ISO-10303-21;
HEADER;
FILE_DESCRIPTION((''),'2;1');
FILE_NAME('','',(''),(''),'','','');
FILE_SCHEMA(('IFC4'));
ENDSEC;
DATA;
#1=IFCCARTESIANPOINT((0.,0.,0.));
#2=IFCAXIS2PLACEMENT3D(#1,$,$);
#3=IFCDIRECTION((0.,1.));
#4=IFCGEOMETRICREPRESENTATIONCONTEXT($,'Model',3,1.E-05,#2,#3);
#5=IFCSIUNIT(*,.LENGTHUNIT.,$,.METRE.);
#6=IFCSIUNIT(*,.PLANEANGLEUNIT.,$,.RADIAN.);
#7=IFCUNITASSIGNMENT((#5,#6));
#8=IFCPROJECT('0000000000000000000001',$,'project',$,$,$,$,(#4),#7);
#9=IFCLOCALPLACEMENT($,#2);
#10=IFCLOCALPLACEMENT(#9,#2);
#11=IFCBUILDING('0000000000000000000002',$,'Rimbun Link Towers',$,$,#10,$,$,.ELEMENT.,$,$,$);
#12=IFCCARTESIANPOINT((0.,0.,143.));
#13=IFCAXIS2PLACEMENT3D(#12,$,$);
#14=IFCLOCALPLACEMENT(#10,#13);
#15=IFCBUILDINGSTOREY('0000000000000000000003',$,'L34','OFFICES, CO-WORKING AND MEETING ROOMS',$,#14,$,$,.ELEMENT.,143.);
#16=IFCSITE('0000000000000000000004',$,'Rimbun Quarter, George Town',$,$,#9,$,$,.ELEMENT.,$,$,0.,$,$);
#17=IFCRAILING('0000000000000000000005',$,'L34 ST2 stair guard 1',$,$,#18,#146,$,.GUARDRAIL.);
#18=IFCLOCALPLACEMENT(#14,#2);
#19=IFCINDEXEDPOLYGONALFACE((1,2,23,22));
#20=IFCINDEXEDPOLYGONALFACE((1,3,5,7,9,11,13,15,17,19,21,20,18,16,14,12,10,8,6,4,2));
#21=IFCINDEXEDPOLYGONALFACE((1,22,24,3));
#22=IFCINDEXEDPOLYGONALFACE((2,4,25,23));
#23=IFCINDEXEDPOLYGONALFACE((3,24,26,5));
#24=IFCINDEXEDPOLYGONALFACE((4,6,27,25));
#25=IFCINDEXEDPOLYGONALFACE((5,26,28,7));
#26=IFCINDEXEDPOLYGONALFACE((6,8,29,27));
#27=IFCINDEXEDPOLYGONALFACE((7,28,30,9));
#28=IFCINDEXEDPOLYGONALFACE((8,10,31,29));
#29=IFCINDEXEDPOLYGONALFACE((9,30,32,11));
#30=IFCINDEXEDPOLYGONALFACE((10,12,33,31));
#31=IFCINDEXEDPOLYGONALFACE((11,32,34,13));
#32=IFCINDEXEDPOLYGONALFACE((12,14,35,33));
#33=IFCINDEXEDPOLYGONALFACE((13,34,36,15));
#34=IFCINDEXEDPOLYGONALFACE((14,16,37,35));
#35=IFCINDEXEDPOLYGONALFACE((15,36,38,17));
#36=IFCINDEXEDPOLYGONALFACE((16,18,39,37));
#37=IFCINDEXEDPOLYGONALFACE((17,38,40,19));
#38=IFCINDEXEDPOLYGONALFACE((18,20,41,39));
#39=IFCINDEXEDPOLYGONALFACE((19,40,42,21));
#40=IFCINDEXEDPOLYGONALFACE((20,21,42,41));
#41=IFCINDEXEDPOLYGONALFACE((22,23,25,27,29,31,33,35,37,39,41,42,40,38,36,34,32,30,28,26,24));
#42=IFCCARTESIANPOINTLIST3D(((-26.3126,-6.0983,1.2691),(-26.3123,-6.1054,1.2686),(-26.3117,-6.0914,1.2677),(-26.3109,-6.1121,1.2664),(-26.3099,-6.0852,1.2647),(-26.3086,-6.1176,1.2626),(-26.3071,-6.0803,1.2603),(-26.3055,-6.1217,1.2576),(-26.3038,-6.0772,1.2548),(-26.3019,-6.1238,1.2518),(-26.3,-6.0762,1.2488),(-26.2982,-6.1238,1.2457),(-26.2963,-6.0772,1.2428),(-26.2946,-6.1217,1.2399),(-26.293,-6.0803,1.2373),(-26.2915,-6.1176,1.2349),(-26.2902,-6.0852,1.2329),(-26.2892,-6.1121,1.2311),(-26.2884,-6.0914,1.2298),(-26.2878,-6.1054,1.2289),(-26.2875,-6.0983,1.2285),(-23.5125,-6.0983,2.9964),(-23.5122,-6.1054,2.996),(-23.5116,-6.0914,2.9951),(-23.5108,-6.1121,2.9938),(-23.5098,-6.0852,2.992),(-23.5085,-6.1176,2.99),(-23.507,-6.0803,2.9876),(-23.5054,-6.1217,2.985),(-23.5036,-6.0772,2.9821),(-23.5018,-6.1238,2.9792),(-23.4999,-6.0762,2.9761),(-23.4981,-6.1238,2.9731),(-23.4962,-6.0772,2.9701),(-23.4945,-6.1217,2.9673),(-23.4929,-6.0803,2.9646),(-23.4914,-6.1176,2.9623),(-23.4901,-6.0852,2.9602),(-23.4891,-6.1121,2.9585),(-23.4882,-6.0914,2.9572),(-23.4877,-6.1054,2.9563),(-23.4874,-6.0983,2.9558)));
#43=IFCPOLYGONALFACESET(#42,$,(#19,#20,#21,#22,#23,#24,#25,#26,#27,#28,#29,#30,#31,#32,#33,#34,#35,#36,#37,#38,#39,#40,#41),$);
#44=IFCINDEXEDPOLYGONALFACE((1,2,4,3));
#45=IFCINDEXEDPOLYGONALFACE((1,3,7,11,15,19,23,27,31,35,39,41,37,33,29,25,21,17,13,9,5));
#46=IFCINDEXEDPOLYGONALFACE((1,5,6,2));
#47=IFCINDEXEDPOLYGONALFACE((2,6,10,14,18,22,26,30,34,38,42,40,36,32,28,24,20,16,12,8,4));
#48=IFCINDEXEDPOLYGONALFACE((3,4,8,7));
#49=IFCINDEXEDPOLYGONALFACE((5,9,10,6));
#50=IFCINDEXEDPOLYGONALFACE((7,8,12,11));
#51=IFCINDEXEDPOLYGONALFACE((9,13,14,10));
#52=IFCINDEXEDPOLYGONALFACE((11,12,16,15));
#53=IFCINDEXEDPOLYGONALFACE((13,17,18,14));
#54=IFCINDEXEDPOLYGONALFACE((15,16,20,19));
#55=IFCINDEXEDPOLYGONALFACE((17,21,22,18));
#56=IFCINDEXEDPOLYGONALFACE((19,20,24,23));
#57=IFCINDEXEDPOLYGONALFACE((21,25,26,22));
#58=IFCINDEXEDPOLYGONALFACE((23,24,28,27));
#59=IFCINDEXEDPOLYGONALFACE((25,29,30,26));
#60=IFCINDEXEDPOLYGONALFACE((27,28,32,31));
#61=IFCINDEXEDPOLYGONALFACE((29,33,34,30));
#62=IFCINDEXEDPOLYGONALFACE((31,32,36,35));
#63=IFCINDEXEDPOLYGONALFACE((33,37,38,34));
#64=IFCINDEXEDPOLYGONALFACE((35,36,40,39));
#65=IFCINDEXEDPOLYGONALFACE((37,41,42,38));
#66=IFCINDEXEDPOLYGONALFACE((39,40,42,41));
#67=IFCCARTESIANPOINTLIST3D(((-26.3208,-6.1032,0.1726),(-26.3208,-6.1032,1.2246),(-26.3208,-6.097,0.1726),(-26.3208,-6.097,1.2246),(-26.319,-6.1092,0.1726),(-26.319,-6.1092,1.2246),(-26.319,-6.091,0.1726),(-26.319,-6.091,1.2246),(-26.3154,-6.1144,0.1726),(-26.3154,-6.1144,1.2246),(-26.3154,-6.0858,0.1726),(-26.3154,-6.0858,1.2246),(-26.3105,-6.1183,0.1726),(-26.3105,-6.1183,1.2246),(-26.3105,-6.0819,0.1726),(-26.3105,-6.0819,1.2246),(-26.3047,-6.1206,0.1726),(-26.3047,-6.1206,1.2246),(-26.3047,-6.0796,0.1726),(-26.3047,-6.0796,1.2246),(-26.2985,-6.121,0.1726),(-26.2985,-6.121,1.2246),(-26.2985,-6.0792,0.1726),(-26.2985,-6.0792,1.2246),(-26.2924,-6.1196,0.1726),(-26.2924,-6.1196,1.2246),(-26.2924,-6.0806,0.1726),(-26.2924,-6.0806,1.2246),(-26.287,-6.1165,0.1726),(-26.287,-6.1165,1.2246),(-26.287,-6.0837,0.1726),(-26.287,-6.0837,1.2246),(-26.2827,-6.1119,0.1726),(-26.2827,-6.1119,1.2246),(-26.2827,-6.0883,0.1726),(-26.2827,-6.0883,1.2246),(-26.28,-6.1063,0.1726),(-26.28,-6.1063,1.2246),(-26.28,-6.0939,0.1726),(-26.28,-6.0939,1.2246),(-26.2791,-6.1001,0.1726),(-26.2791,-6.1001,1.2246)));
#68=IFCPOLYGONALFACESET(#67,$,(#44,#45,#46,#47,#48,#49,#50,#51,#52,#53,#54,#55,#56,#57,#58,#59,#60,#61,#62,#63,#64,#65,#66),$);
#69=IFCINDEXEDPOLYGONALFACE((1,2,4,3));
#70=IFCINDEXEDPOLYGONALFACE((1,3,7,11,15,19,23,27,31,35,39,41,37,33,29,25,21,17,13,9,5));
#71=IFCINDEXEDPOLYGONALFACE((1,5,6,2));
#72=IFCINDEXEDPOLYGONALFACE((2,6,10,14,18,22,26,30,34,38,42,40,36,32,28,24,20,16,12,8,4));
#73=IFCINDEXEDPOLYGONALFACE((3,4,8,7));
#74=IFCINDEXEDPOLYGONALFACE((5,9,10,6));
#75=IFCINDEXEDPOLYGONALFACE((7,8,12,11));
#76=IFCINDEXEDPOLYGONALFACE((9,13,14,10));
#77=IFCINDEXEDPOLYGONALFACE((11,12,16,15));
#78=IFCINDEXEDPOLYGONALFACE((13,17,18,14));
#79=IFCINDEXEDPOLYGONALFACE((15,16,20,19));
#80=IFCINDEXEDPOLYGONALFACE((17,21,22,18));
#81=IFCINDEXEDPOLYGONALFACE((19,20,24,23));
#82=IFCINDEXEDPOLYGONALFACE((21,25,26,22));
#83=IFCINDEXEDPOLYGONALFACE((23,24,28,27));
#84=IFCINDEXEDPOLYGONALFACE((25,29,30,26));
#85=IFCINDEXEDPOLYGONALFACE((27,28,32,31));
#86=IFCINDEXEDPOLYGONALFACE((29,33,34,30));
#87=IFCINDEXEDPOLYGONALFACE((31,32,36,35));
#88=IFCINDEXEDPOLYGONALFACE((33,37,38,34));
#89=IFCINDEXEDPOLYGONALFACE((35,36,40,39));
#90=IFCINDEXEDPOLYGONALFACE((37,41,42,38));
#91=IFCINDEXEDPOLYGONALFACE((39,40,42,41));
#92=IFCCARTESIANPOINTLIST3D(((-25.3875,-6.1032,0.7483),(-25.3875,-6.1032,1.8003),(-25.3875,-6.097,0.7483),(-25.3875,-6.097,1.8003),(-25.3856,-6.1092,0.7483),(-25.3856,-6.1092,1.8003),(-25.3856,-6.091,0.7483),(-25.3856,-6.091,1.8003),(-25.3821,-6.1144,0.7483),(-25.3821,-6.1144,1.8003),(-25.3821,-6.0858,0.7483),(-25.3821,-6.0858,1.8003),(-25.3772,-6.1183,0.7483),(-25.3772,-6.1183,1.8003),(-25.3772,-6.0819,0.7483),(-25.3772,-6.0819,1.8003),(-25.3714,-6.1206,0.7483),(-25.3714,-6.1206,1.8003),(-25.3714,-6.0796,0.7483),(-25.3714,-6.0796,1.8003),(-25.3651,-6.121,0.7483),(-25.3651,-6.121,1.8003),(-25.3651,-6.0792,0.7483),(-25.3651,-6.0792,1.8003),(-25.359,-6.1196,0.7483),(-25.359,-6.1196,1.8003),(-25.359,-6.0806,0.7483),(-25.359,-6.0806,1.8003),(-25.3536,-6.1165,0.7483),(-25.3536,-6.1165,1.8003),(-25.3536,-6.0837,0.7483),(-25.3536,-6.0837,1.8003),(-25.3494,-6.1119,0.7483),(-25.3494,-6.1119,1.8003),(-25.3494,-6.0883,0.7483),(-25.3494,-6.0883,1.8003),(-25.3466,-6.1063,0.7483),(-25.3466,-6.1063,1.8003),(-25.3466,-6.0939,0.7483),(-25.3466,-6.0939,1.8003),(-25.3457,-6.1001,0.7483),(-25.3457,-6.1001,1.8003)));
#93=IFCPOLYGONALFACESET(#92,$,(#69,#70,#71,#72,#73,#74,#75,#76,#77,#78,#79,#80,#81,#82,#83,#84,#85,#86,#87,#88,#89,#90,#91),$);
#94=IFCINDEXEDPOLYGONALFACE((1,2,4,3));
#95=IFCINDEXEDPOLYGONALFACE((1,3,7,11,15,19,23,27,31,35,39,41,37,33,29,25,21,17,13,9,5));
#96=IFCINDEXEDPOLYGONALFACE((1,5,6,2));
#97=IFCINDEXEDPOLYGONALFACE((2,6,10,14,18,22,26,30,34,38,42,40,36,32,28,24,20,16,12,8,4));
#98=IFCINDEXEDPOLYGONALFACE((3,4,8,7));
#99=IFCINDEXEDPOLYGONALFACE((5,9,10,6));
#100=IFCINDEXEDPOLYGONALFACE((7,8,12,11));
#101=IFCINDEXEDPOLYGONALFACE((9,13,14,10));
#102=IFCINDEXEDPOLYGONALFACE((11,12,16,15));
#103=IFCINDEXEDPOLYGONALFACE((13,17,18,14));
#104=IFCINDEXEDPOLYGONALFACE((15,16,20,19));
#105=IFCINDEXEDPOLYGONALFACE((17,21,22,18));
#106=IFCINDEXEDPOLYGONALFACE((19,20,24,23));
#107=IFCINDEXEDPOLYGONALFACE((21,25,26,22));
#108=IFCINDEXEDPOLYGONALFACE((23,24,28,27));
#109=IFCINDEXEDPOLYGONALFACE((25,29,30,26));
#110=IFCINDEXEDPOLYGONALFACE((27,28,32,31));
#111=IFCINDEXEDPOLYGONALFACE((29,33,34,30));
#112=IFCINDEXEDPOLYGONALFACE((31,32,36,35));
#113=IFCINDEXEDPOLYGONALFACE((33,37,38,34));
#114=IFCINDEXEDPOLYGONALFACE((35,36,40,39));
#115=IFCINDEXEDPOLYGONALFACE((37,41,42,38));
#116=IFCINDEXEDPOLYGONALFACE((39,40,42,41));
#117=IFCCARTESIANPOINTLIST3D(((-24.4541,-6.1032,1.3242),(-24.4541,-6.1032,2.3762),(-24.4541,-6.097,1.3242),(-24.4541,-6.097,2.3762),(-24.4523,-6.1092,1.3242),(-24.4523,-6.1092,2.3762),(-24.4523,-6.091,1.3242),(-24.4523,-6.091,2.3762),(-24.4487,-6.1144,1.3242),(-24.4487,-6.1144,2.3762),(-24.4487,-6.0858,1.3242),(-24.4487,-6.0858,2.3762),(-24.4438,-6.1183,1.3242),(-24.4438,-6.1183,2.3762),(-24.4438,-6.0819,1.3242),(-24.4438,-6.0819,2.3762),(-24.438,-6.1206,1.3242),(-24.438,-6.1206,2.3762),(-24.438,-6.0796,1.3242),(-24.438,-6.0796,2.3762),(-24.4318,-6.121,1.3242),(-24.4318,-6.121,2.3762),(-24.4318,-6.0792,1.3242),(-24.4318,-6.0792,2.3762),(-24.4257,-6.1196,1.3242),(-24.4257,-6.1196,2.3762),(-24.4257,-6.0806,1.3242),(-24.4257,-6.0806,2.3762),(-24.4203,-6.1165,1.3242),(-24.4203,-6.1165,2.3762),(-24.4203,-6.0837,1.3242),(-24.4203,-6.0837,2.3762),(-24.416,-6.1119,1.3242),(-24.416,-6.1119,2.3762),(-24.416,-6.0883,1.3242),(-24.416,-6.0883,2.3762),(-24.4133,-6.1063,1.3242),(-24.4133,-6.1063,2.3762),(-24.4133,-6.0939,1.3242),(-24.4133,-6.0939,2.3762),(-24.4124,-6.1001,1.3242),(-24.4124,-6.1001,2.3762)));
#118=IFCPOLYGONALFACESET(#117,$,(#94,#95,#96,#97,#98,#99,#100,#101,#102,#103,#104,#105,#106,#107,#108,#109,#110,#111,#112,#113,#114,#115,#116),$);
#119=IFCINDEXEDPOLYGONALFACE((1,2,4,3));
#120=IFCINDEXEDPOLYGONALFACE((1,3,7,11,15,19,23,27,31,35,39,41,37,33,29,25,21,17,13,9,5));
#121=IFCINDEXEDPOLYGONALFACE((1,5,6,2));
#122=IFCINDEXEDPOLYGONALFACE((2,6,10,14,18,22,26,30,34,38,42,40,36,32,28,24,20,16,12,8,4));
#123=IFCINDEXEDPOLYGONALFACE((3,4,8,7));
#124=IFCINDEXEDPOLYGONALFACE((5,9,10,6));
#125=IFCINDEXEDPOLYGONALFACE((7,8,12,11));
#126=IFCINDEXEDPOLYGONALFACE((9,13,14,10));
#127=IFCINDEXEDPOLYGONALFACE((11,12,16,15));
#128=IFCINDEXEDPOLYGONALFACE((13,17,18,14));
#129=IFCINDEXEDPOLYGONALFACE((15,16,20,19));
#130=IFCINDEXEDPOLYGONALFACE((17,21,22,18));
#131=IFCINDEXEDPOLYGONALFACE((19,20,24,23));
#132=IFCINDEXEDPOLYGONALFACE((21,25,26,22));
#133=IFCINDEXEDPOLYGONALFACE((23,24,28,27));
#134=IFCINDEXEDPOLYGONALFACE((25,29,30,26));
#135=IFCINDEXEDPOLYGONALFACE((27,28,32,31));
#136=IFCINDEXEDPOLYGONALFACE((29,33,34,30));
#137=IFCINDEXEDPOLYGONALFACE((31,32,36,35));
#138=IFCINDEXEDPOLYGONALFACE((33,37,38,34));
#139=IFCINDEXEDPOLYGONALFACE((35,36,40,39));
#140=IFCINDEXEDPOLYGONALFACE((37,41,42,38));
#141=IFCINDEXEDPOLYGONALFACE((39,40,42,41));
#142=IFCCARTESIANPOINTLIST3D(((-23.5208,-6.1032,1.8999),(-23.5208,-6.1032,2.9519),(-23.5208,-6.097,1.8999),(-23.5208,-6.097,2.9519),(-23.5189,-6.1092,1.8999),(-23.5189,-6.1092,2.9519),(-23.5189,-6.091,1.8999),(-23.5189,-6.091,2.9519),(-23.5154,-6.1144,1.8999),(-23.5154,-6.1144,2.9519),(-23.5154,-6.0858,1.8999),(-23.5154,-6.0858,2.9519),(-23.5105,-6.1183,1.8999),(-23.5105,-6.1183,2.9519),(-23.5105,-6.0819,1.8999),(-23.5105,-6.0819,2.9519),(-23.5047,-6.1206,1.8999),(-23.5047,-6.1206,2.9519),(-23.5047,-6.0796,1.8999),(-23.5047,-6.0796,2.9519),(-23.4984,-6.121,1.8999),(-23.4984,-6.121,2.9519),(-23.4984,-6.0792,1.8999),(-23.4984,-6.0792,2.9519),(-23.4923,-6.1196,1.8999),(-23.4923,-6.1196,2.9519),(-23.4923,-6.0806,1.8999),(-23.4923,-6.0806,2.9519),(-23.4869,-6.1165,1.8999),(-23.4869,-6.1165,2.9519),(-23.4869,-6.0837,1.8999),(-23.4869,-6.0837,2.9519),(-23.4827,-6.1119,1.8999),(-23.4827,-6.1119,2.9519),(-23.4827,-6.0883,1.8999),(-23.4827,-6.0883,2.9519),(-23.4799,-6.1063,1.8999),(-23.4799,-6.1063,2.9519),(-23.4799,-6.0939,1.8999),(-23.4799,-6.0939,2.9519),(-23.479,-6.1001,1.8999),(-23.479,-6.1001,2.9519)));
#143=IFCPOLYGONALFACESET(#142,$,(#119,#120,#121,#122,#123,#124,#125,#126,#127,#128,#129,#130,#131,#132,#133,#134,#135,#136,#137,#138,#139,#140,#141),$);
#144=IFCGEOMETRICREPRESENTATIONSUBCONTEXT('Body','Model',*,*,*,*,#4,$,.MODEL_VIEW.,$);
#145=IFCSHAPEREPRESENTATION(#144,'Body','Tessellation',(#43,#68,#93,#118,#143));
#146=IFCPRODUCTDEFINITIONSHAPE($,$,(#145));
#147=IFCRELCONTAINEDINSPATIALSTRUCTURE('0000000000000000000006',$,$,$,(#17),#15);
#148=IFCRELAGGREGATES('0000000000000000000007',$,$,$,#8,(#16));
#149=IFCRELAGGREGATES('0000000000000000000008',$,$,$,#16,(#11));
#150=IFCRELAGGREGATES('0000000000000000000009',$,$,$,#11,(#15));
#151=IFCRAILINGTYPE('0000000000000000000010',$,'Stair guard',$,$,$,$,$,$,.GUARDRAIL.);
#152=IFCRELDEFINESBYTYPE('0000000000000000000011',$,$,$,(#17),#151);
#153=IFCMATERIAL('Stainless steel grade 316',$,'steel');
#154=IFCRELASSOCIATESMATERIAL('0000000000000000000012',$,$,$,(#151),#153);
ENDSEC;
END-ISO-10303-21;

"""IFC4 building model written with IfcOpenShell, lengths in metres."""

from ifc_helpers import new_model, si_unit, direction, frame, origin, origin_2d, place, context, subcontext, project, spatial, circle, extrude, material, type_object, element, save


model = new_model("IFC4")

# Units and contexts
model_context = context("Model", 3, precision=1e-05, world=origin(), true_north=direction((0.0, 1.0)))
body_context = subcontext(model_context, "Body", "Model", "MODEL_VIEW")
ifc_project = project(units=[si_unit("LENGTHUNIT", "METRE"), si_unit("PLANEANGLEUNIT", "RADIAN")], contexts=[model_context])

# Site, building, storey
site_placement = place(None, origin())
site = spatial("IfcSite", under=ifc_project, at=site_placement, Name="Rimbun Quarter, George Town", CompositionType="ELEMENT", RefElevation=0.0)
building_placement = place(site_placement, origin())
building = spatial("IfcBuilding", under=site, at=building_placement, Name="Rimbun Link Towers", CompositionType="ELEMENT")
storey_placement = place(building_placement, frame((0.0, 0.0, 143.0)))
storey = spatial("IfcBuildingStorey", under=building, at=storey_placement, Name="L34", Description="OFFICES, CO-WORKING AND MEETING ROOMS", CompositionType="ELEMENT", Elevation=143.0)

# Railing
ifc_material_1 = material(Name="Stainless steel grade 316", Category="steel")
railing_type_1 = type_object("IfcRailingType", Name="Stair guard", PredefinedType="GUARDRAIL", material=ifc_material_1)
railing_1_placement = place(storey_placement, frame((-26.3, -6.1001, 0.1726)))
element("IfcRailing", 1, at=railing_1_placement, inside=storey, type_object=railing_type_1, Name="L34 ST2 stair guard 1", PredefinedType="GUARDRAIL", context=body_context, shape_type="SweptSolid", body=[
    extrude(circle(Radius=0.0239, at=origin_2d()), frame((0.0, 0.0, 1.0762), z_axis=(0.85109, 0.0, 0.52502), x_axis=(0.0, 1.0, 0.0)), (0.0, 0.0, 1.0), 3.29),
    extrude(circle(Radius=0.021, at=origin_2d()), origin(), (0.0, 0.0, 1.0), 1.052),
    extrude(circle(Radius=0.021, at=origin_2d()), frame((0.9333, 0.0, 0.5757)), (0.0, 0.0, 1.0), 1.052),
    extrude(circle(Radius=0.021, at=origin_2d()), frame((1.8667, 0.0, 1.1516)), (0.0, 0.0, 1.0), 1.052),
    extrude(circle(Radius=0.021, at=origin_2d()), frame((2.8, 0.0, 1.7273)), (0.0, 0.0, 1.0), 1.052),
])

save(model, "model.ifc")
